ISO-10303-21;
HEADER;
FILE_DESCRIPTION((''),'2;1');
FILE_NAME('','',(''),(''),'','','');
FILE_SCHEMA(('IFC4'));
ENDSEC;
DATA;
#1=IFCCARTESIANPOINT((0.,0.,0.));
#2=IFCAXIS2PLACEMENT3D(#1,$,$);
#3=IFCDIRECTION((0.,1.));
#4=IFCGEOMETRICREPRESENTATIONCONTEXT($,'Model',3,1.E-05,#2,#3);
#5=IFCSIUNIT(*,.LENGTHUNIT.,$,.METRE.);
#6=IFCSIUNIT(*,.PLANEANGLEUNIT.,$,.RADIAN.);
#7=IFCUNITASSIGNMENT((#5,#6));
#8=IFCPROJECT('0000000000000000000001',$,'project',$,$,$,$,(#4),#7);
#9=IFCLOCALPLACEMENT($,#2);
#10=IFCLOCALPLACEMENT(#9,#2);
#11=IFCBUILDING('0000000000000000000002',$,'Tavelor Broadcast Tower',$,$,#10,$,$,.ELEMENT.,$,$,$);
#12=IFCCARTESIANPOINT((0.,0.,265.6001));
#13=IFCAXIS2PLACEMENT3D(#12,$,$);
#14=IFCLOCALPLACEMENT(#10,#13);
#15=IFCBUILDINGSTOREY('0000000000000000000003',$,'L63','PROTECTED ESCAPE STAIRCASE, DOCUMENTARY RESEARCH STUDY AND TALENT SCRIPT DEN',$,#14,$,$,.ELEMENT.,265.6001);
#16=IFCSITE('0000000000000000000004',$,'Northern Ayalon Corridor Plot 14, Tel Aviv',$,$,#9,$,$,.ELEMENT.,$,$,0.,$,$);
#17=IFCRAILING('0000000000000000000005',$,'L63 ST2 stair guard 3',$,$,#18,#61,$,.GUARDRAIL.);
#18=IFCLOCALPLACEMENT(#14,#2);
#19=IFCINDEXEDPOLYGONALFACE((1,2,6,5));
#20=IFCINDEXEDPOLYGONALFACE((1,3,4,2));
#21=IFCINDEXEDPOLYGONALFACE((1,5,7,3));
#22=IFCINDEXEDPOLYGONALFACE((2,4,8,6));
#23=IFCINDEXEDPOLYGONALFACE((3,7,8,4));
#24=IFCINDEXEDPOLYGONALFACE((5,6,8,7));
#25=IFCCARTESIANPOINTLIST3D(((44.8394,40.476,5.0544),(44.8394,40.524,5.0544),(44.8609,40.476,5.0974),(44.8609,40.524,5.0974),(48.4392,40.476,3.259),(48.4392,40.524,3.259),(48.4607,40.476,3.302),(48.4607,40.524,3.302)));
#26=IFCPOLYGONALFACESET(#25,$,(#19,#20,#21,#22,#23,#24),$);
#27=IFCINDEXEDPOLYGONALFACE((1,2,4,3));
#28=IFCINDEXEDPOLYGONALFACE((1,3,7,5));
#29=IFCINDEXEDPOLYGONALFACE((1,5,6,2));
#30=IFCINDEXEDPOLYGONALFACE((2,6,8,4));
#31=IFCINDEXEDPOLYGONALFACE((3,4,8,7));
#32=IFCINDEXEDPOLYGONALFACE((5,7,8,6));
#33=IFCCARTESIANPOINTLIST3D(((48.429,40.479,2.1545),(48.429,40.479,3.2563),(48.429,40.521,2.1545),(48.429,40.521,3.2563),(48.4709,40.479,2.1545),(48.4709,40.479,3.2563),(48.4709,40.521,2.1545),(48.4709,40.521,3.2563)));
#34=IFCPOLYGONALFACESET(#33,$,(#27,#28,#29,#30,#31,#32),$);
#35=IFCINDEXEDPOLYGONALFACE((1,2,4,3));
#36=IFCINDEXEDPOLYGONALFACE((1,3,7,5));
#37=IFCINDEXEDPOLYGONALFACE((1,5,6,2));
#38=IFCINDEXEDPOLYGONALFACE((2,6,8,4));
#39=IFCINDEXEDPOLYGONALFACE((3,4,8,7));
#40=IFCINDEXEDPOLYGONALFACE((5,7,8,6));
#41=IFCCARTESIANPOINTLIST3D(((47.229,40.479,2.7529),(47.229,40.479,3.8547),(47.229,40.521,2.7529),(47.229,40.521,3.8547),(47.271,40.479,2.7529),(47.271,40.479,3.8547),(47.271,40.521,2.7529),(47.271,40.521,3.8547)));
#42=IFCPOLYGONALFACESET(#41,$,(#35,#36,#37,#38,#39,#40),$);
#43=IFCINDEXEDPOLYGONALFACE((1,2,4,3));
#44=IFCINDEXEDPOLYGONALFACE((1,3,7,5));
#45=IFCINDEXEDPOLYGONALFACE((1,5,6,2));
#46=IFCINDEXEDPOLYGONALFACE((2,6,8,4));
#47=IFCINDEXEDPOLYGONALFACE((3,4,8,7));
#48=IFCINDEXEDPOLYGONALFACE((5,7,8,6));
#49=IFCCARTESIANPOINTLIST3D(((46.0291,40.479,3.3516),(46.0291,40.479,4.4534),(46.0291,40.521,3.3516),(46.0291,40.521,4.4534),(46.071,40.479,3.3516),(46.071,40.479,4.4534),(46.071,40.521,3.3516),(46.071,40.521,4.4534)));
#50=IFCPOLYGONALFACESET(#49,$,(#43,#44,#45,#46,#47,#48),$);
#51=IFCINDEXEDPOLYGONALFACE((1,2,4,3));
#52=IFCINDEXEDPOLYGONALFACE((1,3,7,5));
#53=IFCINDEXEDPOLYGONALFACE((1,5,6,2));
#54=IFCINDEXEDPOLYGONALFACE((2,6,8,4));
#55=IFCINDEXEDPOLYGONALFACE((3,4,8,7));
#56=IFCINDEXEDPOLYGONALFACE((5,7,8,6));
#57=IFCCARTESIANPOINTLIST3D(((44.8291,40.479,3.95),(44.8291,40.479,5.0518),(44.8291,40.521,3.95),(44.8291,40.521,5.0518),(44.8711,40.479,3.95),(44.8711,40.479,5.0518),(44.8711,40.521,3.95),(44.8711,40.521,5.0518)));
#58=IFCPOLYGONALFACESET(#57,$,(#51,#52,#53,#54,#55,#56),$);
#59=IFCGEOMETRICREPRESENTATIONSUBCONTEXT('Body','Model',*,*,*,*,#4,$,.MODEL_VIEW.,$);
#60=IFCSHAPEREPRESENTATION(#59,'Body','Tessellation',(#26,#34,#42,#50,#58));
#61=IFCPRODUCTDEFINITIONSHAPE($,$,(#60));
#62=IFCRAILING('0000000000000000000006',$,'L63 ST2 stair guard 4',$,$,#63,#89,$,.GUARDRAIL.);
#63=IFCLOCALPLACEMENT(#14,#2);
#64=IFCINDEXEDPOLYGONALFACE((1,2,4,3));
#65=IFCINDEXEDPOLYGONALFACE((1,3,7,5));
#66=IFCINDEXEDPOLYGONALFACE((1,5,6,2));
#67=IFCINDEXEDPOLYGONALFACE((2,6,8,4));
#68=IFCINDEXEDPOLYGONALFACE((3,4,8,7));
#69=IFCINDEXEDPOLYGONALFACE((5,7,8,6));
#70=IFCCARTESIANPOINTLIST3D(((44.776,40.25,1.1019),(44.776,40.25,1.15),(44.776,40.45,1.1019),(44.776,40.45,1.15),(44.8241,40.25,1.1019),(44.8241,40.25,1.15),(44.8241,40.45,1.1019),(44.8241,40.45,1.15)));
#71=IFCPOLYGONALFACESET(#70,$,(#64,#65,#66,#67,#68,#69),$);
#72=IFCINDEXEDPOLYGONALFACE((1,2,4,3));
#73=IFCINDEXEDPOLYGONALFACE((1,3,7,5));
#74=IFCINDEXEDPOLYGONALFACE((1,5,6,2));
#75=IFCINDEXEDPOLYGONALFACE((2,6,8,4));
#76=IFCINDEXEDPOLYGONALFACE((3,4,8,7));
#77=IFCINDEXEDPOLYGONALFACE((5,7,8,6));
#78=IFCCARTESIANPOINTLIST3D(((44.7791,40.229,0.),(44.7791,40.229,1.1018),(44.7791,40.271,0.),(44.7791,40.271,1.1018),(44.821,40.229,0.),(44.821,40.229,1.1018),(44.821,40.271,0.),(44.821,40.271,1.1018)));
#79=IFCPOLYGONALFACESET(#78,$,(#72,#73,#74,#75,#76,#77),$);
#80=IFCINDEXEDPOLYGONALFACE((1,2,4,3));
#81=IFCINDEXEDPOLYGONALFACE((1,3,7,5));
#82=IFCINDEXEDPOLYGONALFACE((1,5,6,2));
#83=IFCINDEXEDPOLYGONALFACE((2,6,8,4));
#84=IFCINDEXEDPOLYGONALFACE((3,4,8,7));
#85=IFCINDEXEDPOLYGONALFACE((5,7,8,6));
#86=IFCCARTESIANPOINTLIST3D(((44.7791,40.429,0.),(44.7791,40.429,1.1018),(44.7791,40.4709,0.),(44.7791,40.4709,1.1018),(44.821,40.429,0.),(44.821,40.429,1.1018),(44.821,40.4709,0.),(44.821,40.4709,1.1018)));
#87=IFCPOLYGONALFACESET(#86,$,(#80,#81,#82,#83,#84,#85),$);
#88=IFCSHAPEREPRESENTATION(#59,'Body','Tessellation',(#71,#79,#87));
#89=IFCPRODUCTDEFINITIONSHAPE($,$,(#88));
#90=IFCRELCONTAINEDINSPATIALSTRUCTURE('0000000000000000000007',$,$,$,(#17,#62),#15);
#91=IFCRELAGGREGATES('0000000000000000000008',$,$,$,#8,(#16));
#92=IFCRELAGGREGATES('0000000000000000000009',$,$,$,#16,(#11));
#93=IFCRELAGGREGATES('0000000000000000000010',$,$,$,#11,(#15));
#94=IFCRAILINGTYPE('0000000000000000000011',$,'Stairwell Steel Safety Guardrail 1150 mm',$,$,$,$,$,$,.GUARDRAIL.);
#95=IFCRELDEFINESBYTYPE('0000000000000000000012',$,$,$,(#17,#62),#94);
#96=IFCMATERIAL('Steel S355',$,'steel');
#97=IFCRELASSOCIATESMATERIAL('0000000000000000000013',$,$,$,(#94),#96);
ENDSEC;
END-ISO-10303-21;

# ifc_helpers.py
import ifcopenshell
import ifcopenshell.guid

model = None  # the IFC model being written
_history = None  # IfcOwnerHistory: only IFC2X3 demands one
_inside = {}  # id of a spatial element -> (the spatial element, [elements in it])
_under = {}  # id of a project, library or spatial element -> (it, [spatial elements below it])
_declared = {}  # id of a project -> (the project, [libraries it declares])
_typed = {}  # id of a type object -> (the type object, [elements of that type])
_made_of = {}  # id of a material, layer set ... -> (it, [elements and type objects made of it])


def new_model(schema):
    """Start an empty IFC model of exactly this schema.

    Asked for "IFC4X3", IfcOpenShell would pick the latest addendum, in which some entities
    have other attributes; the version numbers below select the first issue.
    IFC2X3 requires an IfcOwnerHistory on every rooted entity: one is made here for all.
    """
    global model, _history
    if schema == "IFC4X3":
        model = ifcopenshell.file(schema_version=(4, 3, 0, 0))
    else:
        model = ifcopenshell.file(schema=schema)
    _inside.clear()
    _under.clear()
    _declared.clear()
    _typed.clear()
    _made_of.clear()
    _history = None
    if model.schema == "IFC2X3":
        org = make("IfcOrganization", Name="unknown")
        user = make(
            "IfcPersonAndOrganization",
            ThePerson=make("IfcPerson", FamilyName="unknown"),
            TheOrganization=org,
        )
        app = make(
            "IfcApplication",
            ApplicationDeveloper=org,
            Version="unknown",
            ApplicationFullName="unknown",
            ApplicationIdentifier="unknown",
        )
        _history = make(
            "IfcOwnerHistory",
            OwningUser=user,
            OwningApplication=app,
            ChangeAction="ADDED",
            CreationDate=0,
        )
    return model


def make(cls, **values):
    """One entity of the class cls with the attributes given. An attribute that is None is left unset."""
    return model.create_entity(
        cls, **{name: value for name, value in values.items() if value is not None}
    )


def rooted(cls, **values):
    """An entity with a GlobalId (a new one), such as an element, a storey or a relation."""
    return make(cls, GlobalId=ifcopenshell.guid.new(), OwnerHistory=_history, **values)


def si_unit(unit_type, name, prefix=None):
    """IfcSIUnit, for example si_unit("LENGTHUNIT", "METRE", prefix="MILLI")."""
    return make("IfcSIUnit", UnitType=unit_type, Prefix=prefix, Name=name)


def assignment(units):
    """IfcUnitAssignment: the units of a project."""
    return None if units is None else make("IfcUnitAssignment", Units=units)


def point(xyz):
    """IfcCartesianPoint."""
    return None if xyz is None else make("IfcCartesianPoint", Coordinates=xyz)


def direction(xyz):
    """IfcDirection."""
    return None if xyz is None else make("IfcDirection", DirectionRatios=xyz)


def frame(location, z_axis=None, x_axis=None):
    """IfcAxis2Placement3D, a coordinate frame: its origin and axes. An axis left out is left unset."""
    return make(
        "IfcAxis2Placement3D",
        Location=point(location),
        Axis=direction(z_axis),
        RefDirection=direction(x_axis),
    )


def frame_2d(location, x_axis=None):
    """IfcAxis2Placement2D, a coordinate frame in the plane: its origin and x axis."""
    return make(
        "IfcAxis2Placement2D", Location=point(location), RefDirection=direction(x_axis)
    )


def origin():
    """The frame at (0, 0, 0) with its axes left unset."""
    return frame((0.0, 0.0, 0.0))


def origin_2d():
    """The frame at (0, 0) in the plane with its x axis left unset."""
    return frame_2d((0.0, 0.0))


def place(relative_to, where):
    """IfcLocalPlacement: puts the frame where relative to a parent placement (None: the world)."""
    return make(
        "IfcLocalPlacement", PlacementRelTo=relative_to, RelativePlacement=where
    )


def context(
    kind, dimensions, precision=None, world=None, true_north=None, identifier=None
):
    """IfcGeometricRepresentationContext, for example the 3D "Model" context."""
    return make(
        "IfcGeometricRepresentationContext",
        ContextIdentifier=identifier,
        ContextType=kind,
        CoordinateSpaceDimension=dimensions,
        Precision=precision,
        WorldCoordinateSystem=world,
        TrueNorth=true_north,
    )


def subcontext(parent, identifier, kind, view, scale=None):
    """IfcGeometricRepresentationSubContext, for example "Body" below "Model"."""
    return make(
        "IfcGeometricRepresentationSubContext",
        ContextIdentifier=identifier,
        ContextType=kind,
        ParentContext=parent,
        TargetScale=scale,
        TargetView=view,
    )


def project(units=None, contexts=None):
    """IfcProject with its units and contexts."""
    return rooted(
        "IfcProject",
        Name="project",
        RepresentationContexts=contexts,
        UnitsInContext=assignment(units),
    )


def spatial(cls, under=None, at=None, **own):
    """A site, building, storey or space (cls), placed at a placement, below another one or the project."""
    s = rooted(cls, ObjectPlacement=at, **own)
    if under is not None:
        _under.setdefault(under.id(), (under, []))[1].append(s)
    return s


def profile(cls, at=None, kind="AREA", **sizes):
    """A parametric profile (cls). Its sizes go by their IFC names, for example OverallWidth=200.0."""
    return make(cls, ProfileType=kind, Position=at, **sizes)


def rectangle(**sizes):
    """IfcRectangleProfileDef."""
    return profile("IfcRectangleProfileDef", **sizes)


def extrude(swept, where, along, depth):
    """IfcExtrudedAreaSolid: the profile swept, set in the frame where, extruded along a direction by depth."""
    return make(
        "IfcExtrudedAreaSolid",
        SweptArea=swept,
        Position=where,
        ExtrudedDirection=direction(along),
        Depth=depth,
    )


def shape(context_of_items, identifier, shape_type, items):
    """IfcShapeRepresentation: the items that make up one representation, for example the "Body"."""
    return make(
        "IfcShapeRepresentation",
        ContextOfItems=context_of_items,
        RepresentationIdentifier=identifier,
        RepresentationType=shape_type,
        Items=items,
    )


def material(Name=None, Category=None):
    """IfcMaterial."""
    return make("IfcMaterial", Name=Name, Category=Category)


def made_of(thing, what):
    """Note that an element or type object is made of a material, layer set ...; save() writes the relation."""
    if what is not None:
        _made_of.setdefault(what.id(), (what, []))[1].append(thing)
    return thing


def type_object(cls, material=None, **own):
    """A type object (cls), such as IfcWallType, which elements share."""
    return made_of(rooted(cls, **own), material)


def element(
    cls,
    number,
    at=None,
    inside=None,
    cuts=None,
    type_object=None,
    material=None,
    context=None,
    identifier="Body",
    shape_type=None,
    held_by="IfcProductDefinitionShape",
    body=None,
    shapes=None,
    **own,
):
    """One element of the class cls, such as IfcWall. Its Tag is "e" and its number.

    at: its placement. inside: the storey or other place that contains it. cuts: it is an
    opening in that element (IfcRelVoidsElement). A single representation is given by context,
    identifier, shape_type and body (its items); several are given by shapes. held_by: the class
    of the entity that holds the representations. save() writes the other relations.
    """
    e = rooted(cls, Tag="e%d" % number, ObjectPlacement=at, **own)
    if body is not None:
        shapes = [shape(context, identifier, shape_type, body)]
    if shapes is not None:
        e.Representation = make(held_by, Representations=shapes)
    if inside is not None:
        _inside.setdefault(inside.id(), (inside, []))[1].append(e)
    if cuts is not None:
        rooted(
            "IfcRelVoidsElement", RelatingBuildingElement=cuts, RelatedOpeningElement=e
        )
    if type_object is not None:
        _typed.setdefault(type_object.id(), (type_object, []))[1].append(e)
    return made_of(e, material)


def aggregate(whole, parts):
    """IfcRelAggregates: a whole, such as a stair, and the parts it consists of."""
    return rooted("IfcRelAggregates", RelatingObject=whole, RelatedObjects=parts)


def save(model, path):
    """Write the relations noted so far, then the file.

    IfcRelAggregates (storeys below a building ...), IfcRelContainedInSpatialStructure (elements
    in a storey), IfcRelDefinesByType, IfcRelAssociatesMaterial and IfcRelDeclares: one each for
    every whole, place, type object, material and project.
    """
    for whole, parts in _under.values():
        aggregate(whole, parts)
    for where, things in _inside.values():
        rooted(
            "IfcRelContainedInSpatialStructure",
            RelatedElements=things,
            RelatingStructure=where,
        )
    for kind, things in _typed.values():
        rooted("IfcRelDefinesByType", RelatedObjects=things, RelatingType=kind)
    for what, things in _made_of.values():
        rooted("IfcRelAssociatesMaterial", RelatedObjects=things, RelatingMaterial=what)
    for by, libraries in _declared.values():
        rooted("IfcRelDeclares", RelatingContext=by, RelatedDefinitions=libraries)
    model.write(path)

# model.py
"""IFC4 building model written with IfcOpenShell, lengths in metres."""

from ifc_helpers import new_model, si_unit, direction, frame, origin, origin_2d, place, context, subcontext, project, spatial, rectangle, extrude, material, type_object, element, save


model = new_model("IFC4")

# Units and contexts
model_context = context("Model", 3, precision=1e-05, world=origin(), true_north=direction((0.0, 1.0)))
body_context = subcontext(model_context, "Body", "Model", "MODEL_VIEW")
ifc_project = project(units=[si_unit("LENGTHUNIT", "METRE"), si_unit("PLANEANGLEUNIT", "RADIAN")], contexts=[model_context])

# Site, building, storey
site_placement = place(None, origin())
site = spatial("IfcSite", under=ifc_project, at=site_placement, Name="Northern Ayalon Corridor Plot 14, Tel Aviv", CompositionType="ELEMENT", RefElevation=0.0)
building_placement = place(site_placement, origin())
building = spatial("IfcBuilding", under=site, at=building_placement, Name="Tavelor Broadcast Tower", CompositionType="ELEMENT")
storey_placement = place(building_placement, frame((0.0, 0.0, 265.6001)))
storey = spatial("IfcBuildingStorey", under=building, at=storey_placement, Name="L63", Description="PROTECTED ESCAPE STAIRCASE, DOCUMENTARY RESEARCH STUDY AND TALENT SCRIPT DEN", CompositionType="ELEMENT", Elevation=265.6001)

# Shared definitions
ifc_material_1 = material(Name="Steel S355", Category="steel")

# Railings
railing_type_1 = type_object("IfcRailingType", Name="Stairwell Steel Safety Guardrail 1150 mm", PredefinedType="GUARDRAIL", material=ifc_material_1)
railing_1_placement = place(storey_placement, frame((48.45, 40.5, 2.1545)))
element("IfcRailing", 1, at=railing_1_placement, inside=storey, type_object=railing_type_1, Name="L63 ST2 stair guard 3", PredefinedType="GUARDRAIL", context=body_context, shape_type="SweptSolid", body=[
    extrude(rectangle(XDim=0.0481, YDim=0.0481, at=origin_2d()), frame((0.0, 0.0, 1.126), z_axis=(-0.894876, 0.0, 0.446315), x_axis=(0.0, -1.0, 0.0)), (0.0, 0.0, 1.0), 4.0227),
    extrude(rectangle(XDim=0.042, YDim=0.042, at=origin_2d()), origin(), (0.0, 0.0, 1.0), 1.1018),
    extrude(rectangle(XDim=0.042, YDim=0.042, at=origin_2d()), frame((-1.2, 0.0, 0.5984)), (0.0, 0.0, 1.0), 1.1018),
    extrude(rectangle(XDim=0.042, YDim=0.042, at=origin_2d()), frame((-2.3999, 0.0, 1.197)), (0.0, 0.0, 1.0), 1.1018),
    extrude(rectangle(XDim=0.042, YDim=0.042, at=origin_2d()), frame((-3.5999, 0.0, 1.7954)), (0.0, 0.0, 1.0), 1.1018),
])
railing_2_placement = place(storey_placement, frame((44.8, 40.25, 0.0)))
element("IfcRailing", 2, at=railing_2_placement, inside=storey, type_object=railing_type_1, Name="L63 ST2 stair guard 4", PredefinedType="GUARDRAIL", context=body_context, shape_type="SweptSolid", body=[
    extrude(rectangle(XDim=0.0481, YDim=0.0481, at=origin_2d()), frame((0.0, 0.0, 1.126), z_axis=(0.0, 1.0, 0.0), x_axis=(-1.0, 0.0, 0.0)), (0.0, 0.0, 1.0), 0.2),
    extrude(rectangle(XDim=0.042, YDim=0.042, at=origin_2d()), origin(), (0.0, 0.0, 1.0), 1.1018),
    extrude(rectangle(XDim=0.042, YDim=0.042, at=origin_2d()), frame((0.0, 0.2, 0.0)), (0.0, 0.0, 1.0), 1.1018),
])

save(model, "model.ifc")
